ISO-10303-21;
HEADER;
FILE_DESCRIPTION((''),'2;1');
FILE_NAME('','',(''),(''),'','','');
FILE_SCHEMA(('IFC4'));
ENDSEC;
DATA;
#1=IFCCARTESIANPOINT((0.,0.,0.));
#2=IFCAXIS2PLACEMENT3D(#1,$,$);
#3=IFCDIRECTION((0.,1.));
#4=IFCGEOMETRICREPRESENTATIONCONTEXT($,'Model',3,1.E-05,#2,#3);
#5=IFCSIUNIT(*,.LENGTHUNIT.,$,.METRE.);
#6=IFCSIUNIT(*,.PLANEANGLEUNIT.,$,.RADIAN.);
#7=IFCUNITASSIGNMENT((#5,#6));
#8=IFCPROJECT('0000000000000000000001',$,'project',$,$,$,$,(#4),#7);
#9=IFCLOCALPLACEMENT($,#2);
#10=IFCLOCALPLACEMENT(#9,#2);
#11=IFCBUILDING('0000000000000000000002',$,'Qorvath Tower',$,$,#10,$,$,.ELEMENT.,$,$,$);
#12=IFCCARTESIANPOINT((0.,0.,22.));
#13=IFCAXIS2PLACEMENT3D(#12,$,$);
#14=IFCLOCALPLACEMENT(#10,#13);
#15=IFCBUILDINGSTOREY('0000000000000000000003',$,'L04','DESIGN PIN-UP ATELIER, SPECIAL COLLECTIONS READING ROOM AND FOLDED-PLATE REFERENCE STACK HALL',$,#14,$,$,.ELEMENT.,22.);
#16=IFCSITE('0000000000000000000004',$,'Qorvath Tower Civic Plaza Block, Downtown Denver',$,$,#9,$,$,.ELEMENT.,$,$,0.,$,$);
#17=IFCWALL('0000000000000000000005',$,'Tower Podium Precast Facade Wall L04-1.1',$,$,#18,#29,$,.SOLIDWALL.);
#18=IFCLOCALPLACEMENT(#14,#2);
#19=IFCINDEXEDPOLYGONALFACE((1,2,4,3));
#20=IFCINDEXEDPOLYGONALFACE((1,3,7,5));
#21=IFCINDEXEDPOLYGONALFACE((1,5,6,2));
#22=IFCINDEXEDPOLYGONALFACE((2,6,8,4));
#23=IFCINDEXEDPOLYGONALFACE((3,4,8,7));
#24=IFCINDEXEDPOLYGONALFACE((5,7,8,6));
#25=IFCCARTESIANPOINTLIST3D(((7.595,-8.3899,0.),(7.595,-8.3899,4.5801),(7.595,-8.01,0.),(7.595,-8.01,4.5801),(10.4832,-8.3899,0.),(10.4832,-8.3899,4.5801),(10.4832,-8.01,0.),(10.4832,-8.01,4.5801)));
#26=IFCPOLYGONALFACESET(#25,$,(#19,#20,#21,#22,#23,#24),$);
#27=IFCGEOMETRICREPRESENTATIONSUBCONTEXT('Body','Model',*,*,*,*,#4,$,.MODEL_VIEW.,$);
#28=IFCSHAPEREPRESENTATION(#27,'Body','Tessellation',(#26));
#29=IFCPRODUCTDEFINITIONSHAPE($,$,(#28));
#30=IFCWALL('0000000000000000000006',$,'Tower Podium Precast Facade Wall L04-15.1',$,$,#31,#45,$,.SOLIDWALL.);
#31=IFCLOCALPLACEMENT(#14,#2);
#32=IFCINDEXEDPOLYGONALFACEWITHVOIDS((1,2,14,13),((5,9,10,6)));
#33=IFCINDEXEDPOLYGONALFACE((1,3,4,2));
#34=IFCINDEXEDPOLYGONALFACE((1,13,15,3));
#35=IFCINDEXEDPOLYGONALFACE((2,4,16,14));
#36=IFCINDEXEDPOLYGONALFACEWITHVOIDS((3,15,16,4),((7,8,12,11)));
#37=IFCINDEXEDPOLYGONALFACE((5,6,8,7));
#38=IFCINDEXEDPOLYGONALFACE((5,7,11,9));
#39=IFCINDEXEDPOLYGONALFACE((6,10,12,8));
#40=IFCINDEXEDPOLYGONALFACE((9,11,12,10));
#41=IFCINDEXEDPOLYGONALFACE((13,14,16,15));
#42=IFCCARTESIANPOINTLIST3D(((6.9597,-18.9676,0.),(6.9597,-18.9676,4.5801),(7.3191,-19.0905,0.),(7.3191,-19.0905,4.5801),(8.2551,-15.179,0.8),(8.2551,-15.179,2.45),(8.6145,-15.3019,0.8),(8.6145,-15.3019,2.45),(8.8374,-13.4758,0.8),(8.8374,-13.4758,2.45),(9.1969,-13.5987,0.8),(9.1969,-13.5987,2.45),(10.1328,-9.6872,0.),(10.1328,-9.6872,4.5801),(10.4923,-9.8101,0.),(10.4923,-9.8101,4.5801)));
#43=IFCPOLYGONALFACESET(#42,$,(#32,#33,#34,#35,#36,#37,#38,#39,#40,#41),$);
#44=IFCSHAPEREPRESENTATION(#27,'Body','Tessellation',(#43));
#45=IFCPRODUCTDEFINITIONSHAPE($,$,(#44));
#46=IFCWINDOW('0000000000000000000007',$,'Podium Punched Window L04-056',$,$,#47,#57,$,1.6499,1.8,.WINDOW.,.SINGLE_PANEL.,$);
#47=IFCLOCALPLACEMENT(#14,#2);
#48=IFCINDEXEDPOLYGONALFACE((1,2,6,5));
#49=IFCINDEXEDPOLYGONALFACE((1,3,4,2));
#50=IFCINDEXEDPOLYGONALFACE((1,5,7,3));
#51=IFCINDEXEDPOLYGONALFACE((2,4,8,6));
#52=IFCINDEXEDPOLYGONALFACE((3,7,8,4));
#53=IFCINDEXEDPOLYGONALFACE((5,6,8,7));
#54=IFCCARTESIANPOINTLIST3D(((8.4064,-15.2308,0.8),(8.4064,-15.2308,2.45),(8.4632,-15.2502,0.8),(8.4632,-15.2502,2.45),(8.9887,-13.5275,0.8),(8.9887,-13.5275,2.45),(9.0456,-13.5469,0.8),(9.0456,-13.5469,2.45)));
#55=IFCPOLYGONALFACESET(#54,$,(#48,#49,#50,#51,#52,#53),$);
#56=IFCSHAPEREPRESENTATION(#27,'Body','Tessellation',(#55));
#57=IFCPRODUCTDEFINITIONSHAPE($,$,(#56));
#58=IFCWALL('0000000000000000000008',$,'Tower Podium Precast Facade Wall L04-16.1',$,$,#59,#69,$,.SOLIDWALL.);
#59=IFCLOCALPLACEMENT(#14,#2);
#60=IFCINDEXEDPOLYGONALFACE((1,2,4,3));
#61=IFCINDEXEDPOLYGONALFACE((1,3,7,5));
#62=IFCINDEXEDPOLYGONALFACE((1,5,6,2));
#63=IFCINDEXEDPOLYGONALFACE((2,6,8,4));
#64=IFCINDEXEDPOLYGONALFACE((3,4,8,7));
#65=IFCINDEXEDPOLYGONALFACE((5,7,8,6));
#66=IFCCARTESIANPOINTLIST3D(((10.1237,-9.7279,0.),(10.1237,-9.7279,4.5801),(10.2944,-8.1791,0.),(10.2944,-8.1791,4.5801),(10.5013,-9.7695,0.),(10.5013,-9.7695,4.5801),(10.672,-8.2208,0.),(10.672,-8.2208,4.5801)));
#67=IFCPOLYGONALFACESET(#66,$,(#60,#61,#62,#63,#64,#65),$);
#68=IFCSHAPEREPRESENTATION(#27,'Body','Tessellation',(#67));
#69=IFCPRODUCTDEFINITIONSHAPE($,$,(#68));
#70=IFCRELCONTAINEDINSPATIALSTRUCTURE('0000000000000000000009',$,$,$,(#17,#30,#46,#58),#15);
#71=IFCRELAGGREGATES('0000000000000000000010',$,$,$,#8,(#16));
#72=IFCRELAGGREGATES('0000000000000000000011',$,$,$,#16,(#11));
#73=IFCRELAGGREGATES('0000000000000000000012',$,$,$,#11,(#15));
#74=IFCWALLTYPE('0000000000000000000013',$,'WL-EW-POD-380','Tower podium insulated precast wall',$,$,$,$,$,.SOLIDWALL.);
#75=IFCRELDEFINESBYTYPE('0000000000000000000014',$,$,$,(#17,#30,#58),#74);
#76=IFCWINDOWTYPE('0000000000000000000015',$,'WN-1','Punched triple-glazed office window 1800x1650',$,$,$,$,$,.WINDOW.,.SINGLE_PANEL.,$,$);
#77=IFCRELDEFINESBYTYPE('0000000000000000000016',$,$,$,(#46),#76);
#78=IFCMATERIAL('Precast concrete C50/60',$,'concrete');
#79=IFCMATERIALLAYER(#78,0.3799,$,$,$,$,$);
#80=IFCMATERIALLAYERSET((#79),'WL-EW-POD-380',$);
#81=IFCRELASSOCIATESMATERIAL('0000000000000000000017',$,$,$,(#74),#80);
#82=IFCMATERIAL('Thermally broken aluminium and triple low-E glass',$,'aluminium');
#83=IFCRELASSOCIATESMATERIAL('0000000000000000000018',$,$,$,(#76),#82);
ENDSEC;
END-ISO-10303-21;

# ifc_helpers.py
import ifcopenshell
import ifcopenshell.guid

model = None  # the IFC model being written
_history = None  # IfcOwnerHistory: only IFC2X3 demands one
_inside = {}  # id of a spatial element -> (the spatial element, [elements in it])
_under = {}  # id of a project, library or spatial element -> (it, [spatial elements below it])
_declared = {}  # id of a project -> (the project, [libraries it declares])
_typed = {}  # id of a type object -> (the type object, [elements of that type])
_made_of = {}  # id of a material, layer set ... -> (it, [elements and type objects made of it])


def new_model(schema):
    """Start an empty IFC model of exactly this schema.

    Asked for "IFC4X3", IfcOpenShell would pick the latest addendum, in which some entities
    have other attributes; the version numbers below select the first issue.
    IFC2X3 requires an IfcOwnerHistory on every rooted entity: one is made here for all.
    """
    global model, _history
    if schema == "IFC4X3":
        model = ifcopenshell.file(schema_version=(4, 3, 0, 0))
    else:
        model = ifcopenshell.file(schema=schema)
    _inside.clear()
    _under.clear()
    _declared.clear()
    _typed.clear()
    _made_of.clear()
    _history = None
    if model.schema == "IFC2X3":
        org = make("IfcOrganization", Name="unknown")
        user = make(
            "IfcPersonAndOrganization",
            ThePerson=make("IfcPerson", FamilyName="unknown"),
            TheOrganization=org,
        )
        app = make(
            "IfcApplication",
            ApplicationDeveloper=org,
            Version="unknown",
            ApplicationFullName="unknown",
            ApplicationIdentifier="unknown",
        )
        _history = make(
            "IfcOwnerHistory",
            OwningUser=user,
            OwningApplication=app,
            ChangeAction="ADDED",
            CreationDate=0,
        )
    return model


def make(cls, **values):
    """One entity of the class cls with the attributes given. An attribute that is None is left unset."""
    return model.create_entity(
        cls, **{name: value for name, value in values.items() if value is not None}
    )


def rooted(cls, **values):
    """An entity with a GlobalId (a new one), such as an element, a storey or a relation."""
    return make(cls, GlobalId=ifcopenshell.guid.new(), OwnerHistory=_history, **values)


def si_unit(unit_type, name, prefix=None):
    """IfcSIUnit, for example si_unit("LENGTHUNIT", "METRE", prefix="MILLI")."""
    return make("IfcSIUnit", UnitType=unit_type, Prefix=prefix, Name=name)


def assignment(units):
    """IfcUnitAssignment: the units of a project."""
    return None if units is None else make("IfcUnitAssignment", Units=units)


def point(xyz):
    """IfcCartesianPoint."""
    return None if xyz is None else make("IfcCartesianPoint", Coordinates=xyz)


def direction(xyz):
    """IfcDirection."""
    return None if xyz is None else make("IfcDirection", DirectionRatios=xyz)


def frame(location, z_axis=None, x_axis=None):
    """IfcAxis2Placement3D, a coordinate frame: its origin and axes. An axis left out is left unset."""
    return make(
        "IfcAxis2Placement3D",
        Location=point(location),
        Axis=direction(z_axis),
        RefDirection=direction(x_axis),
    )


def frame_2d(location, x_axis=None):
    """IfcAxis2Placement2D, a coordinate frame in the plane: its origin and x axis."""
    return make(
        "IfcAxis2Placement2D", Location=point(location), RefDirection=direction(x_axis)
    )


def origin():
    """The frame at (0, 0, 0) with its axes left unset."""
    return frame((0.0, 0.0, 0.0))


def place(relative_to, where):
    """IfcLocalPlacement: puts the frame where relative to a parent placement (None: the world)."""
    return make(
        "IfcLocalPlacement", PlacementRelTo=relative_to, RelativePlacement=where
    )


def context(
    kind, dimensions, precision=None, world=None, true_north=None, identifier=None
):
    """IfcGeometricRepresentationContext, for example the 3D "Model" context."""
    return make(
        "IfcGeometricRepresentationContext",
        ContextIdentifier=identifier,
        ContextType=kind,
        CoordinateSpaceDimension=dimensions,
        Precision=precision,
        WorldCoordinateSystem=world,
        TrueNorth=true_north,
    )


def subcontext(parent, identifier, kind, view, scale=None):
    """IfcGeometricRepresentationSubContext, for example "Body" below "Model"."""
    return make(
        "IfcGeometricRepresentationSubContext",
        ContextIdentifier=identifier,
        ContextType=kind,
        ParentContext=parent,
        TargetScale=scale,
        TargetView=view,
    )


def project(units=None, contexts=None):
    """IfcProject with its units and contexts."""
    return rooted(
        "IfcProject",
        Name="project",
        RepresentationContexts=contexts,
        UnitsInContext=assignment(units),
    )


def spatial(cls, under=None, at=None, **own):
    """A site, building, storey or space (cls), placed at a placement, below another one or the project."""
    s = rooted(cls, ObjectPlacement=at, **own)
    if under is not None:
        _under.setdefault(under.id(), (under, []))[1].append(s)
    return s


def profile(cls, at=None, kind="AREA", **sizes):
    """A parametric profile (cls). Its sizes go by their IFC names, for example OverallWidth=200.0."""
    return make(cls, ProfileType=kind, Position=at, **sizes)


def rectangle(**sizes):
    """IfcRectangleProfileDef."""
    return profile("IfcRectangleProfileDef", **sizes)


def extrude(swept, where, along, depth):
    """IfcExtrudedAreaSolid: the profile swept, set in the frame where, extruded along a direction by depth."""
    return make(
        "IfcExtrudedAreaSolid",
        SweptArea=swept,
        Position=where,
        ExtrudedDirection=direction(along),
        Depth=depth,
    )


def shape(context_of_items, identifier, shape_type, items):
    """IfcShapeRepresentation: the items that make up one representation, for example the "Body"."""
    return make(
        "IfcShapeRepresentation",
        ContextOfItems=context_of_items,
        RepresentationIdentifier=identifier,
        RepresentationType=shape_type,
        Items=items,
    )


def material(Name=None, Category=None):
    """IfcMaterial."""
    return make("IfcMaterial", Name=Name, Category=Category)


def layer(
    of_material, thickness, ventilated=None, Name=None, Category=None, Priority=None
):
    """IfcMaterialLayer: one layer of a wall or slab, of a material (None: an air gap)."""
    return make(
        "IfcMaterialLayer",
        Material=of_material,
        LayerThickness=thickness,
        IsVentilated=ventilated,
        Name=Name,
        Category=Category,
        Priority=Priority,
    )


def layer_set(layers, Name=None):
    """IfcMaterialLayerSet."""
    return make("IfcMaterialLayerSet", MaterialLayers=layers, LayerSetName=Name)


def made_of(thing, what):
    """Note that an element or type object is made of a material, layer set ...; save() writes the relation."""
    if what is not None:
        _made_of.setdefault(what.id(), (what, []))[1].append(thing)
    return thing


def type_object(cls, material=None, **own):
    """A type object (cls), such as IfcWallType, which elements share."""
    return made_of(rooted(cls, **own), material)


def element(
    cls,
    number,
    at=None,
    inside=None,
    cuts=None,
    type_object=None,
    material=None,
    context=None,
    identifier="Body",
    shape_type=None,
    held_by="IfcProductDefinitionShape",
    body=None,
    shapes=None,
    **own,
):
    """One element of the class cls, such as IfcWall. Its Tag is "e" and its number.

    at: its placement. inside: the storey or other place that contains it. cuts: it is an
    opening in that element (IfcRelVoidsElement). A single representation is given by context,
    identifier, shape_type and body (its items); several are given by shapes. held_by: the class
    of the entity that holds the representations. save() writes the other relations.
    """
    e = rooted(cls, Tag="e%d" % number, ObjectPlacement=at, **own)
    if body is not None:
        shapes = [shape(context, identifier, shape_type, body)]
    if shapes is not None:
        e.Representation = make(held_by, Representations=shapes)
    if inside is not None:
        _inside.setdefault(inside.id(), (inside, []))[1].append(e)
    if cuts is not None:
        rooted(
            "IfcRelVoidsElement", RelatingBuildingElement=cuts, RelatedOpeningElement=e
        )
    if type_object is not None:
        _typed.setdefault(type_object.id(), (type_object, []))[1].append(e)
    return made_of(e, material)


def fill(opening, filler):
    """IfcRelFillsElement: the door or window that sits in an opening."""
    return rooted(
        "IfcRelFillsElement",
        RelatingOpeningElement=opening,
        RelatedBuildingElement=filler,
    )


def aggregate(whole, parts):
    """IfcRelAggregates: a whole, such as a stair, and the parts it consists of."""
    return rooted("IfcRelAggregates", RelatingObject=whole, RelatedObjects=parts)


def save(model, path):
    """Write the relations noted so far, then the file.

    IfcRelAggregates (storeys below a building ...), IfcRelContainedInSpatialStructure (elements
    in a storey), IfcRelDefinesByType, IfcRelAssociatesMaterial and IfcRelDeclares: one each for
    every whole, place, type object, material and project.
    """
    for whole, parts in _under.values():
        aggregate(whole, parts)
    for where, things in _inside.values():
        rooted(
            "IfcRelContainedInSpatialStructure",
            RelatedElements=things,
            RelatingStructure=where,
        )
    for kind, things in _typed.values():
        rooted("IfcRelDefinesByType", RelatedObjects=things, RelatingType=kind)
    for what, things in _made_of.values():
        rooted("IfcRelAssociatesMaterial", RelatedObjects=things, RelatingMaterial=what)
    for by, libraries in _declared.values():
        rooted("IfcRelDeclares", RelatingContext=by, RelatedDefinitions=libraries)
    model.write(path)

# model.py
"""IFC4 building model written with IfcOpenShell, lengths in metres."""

from ifc_helpers import new_model, si_unit, direction, frame, frame_2d, origin, place, context, subcontext, project, spatial, rectangle, extrude, material, layer, layer_set, type_object, element, fill, save


model = new_model("IFC4")

# Units and contexts
model_context = context("Model", 3, precision=1e-05, world=origin(), true_north=direction((0.0, 1.0)))
body_context = subcontext(model_context, "Body", "Model", "MODEL_VIEW")
ifc_project = project(units=[si_unit("LENGTHUNIT", "METRE"), si_unit("PLANEANGLEUNIT", "RADIAN")], contexts=[model_context])

# Site, building, storey
site_placement = place(None, origin())
site = spatial("IfcSite", under=ifc_project, at=site_placement, Name="Qorvath Tower Civic Plaza Block, Downtown Denver", CompositionType="ELEMENT", RefElevation=0.0)
building_placement = place(site_placement, origin())
building = spatial("IfcBuilding", under=site, at=building_placement, Name="Qorvath Tower", CompositionType="ELEMENT")
storey_placement = place(building_placement, frame((0.0, 0.0, 22.0)))
storey = spatial("IfcBuildingStorey", under=building, at=storey_placement, Name="L04", Description="DESIGN PIN-UP ATELIER, SPECIAL COLLECTIONS READING ROOM AND FOLDED-PLATE REFERENCE STACK HALL", CompositionType="ELEMENT", Elevation=22.0)

# Wall
ifc_material_1 = material(Name="Precast concrete C50/60", Category="concrete")
ifc_layer_1 = layer(ifc_material_1, 0.3799)
ifc_layer_set_1 = layer_set([ifc_layer_1], Name="WL-EW-POD-380")
wall_type = type_object("IfcWallType", Name="WL-EW-POD-380", Description="Tower podium insulated precast wall", PredefinedType="SOLIDWALL", material=ifc_layer_set_1)
wall_1_placement = place(storey_placement, frame((10.4832, -8.2, 0.0), z_axis=(0.0, 0.0, 1.0), x_axis=(-1.0, 0.0, 0.0)))
element("IfcWall", 1, at=wall_1_placement, inside=storey, type_object=wall_type, Name="Tower Podium Precast Facade Wall L04-1.1", PredefinedType="SOLIDWALL", context=body_context, shape_type="SweptSolid", body=[
    extrude(rectangle(XDim=2.8882, YDim=0.3799, at=frame_2d((1.4441, 0.0))), origin(), (0.0, 0.0, 1.0), 4.5801),
])

# Wall, opening, window
wall_2_placement = place(storey_placement, frame((10.3125, -9.7488, 0.0), z_axis=(0.0, 0.0, 1.0), x_axis=(-0.323529, -0.946218, 0.0)))
wall_2 = element("IfcWall", 2, at=wall_2_placement, inside=storey, type_object=wall_type, Name="Tower Podium Precast Facade Wall L04-15.1", PredefinedType="SOLIDWALL", context=body_context, shape_type="SweptSolid", body=[
    extrude(rectangle(XDim=9.8079, YDim=0.3799, at=frame_2d((4.9038, 0.0))), origin(), (0.0, 0.0, 1.0), 4.5801),
])
opening_placement = place(wall_2_placement, frame((4.0039, 0.0, 0.8)))
opening = element("IfcOpeningElement", 3, at=opening_placement, cuts=wall_2, PredefinedType="OPENING", context=body_context, shape_type="SweptSolid", body=[
    extrude(rectangle(XDim=1.8, YDim=1.6499, at=frame_2d((0.8999, 0.825))), frame((0.0, 0.2, 0.0), z_axis=(0.0, -1.0, 0.0), x_axis=(1.0, 0.0, 0.0)), (0.0, 0.0, 1.0), 0.3999),
])
ifc_material_2 = material(Name="Thermally broken aluminium and triple low-E glass", Category="aluminium")
window_type = type_object("IfcWindowType", Name="WN-1", Description="Punched triple-glazed office window 1800x1650", PartitioningType="SINGLE_PANEL", PredefinedType="WINDOW", material=ifc_material_2)
window_placement = place(opening_placement, origin())
window = element("IfcWindow", 4, at=window_placement, inside=storey, type_object=window_type, Name="Podium Punched Window L04-056", OverallHeight=1.6499, OverallWidth=1.8, PartitioningType="SINGLE_PANEL", PredefinedType="WINDOW", context=body_context, shape_type="SweptSolid", body=[
    extrude(rectangle(XDim=1.8, YDim=1.6499, at=frame_2d((0.8999, 0.825))), frame((0.0, 0.03, 0.0), z_axis=(0.0, -1.0, 0.0), x_axis=(1.0, 0.0, 0.0)), (0.0, 0.0, 1.0), 0.0601),
])
fill(opening, window)

# Wall
wall_3_placement = place(storey_placement, frame((10.4832, -8.2, 0.0), z_axis=(0.0, 0.0, 1.0), x_axis=(-0.10952, -0.993985, 0.0)))
element("IfcWall", 5, at=wall_3_placement, inside=storey, type_object=wall_type, Name="Tower Podium Precast Facade Wall L04-16.1", PredefinedType="SOLIDWALL", context=body_context, shape_type="SweptSolid", body=[
    extrude(rectangle(XDim=1.5581, YDim=0.3799, at=frame_2d((0.7791, 0.0))), origin(), (0.0, 0.0, 1.0), 4.5801),
])

save(model, "model.ifc")
